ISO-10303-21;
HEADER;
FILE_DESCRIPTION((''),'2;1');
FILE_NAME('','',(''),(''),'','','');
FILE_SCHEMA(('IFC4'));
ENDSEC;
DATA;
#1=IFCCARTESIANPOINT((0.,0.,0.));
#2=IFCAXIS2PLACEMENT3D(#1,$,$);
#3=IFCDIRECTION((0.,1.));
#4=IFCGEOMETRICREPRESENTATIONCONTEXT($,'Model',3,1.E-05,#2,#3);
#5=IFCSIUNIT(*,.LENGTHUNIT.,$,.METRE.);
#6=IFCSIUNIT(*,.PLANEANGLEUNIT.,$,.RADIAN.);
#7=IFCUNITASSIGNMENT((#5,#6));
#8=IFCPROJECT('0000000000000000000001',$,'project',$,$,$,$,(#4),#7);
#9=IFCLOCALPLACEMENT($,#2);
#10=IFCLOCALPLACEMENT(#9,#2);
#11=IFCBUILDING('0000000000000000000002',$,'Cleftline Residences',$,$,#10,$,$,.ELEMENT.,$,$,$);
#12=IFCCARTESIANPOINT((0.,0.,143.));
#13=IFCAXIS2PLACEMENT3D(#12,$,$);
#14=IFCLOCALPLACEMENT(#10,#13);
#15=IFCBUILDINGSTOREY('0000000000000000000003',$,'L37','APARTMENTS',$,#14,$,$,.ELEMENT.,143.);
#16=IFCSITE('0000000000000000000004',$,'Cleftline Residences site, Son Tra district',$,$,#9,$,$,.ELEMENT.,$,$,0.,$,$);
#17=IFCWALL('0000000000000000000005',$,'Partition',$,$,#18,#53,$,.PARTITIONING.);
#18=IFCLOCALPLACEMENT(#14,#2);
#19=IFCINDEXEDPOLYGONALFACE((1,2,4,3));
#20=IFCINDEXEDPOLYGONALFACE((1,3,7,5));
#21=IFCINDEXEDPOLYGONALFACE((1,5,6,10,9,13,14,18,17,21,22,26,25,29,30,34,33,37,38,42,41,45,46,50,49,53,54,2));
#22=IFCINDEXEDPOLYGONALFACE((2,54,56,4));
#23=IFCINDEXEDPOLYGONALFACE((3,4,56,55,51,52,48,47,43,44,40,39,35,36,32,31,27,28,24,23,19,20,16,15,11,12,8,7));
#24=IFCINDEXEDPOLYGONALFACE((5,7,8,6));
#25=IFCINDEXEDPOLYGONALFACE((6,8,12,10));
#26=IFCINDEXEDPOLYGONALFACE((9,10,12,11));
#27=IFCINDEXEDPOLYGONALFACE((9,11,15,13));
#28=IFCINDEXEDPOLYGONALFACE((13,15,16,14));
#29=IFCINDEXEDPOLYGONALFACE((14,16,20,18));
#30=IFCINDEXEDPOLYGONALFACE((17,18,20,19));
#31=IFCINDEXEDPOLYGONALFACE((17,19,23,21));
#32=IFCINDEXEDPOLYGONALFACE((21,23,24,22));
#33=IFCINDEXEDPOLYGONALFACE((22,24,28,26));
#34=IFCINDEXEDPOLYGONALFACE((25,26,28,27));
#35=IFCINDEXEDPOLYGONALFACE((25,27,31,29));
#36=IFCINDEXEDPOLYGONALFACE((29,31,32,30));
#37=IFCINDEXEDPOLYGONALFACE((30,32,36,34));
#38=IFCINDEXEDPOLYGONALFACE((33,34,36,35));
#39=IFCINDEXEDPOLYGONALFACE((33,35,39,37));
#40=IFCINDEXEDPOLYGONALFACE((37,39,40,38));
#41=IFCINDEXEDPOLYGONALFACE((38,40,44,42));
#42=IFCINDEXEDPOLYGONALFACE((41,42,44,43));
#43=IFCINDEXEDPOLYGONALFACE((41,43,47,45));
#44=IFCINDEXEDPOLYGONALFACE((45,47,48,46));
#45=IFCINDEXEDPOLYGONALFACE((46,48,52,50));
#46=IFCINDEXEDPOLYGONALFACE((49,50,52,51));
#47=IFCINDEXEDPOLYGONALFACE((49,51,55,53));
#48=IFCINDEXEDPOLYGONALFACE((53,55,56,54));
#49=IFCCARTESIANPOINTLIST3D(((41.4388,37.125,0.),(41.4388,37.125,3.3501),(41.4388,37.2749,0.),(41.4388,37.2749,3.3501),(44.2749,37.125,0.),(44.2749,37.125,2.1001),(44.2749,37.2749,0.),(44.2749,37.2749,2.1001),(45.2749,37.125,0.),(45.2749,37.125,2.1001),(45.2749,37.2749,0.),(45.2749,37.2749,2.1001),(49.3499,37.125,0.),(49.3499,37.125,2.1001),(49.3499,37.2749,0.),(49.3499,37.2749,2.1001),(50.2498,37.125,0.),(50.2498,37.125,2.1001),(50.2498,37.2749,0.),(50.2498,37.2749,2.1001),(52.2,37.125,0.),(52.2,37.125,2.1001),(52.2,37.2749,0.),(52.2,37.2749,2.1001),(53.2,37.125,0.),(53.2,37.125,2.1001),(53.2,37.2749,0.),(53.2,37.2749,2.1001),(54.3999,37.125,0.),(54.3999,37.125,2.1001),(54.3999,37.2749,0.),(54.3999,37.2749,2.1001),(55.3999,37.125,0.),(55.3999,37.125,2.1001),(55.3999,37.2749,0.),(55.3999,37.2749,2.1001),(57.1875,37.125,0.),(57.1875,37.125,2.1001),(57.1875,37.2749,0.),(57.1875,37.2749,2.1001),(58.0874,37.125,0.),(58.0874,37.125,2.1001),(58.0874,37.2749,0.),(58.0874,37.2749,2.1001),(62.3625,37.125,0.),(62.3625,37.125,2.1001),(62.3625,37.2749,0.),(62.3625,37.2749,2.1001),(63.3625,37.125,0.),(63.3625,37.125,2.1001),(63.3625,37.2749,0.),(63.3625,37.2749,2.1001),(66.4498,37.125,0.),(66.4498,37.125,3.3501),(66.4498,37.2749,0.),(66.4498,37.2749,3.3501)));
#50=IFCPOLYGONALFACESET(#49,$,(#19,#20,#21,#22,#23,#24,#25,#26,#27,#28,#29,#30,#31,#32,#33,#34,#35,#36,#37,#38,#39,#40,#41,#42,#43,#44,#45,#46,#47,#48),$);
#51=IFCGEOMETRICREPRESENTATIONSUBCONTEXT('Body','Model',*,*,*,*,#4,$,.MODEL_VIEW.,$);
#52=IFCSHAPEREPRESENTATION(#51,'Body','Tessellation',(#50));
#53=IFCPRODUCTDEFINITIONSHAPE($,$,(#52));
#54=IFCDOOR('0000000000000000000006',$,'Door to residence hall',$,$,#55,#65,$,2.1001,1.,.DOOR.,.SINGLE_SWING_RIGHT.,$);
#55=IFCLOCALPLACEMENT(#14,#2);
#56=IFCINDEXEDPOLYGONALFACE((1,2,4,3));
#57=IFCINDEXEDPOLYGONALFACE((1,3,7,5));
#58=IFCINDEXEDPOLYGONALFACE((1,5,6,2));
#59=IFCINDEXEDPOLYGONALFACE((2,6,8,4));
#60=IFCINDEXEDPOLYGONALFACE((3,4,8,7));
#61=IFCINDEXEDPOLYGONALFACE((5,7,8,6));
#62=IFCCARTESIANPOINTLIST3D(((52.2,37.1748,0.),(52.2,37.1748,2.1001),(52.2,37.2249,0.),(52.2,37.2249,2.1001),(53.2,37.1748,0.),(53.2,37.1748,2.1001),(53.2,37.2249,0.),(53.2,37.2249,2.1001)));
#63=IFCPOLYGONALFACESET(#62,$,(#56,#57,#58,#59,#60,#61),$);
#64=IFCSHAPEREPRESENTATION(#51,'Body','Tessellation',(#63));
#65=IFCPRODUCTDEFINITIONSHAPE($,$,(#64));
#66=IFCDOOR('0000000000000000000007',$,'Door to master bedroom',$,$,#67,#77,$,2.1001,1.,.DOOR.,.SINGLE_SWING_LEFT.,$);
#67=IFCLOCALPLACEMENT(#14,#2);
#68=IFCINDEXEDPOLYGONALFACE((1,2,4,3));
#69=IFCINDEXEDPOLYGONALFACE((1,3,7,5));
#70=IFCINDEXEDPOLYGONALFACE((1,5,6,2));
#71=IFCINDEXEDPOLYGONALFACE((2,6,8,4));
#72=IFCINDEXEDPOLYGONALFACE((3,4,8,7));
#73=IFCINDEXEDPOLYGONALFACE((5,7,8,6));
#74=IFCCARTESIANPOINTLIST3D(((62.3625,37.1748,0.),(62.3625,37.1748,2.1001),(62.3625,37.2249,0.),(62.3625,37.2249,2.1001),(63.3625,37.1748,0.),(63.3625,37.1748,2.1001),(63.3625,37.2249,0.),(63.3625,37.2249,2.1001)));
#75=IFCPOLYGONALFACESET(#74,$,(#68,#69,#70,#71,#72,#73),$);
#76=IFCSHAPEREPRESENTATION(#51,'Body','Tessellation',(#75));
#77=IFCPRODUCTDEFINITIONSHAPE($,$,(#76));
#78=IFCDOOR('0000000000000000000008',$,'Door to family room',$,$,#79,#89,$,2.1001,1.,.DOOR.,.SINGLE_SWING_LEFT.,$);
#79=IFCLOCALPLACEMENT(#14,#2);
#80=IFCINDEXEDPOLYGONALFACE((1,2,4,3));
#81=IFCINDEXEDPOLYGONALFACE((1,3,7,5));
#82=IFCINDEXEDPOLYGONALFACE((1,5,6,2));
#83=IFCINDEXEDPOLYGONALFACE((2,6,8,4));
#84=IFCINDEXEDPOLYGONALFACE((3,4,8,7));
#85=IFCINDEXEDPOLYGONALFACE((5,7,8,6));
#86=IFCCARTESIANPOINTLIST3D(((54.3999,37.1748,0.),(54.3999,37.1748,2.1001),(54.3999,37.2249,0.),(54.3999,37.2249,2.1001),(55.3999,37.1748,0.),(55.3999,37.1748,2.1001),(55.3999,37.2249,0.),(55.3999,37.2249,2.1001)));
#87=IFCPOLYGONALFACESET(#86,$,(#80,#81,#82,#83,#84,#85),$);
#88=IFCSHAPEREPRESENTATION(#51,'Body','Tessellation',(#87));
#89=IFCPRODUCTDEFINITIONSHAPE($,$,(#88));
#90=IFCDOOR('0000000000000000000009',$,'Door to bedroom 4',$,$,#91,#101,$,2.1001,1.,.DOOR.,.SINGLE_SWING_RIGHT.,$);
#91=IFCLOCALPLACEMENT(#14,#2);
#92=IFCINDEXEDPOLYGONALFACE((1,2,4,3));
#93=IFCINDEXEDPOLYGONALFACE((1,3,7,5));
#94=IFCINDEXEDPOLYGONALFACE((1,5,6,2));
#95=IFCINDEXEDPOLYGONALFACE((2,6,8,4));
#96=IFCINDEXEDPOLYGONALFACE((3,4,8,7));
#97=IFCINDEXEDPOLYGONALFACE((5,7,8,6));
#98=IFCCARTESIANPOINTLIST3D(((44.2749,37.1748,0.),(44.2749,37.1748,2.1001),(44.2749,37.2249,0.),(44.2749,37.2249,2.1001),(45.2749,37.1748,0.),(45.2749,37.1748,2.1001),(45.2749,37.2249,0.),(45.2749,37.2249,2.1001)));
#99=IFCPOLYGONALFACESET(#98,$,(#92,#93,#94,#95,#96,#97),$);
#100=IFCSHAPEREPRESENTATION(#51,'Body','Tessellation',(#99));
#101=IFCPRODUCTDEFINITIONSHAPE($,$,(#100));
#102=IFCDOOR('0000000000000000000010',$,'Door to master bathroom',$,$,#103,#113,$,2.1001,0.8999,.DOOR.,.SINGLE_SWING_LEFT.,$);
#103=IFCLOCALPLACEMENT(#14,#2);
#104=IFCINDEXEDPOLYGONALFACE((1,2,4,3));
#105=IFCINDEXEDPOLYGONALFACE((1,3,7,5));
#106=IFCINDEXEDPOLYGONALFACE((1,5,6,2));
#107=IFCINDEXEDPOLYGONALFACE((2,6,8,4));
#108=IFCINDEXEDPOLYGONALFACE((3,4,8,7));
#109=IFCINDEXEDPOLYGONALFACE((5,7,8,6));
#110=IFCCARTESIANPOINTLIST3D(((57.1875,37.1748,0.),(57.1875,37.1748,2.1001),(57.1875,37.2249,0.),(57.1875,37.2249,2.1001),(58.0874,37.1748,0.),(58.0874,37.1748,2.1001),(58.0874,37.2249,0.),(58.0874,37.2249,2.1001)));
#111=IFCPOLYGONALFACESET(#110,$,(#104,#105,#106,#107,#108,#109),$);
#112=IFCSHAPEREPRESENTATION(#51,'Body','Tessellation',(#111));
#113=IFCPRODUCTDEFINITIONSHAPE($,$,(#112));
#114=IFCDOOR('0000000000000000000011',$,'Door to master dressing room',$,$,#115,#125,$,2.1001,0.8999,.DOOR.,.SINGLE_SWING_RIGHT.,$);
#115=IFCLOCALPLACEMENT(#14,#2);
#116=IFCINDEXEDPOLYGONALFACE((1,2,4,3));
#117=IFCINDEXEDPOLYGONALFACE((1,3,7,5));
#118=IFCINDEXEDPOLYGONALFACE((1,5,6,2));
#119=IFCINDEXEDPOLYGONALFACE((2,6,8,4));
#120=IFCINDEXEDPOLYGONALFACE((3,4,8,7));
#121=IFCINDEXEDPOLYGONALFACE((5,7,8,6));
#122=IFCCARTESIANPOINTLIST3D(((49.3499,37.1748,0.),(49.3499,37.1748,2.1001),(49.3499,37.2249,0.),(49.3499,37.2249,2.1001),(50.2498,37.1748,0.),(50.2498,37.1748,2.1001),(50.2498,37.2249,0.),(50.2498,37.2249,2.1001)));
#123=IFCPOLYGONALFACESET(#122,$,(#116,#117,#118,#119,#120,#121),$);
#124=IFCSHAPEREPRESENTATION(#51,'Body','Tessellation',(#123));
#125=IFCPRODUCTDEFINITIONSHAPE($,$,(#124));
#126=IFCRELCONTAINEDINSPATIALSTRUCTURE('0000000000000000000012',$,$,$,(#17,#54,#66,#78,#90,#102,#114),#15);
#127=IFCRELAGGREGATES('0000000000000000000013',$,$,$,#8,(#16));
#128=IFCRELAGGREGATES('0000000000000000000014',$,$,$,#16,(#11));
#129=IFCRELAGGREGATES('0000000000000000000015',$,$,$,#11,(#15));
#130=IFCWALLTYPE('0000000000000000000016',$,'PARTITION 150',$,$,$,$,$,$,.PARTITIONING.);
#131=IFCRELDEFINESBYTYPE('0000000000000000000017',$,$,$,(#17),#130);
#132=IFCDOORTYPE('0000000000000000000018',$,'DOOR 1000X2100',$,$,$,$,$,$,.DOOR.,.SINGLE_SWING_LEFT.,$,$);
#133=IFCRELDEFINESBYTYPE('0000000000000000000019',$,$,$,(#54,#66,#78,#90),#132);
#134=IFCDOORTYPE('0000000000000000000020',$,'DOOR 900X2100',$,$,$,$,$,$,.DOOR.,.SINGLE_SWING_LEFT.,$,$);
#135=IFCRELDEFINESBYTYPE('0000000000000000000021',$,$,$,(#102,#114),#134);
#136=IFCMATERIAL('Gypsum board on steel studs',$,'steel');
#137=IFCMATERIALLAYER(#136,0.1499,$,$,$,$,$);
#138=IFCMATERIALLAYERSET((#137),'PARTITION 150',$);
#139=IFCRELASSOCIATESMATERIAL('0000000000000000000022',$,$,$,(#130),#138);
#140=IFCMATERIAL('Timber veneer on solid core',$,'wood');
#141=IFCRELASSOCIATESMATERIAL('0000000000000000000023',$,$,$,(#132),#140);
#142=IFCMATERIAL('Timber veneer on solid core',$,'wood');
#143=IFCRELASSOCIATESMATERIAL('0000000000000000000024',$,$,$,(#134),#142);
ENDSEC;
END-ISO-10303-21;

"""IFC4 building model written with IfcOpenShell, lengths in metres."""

from ifc_helpers import new_model, si_unit, direction, frame, frame_2d, origin, place, context, subcontext, project, spatial, rectangle, extrude, material, layer, layer_set, type_object, element, fill, save


model = new_model("IFC4")

# Units and contexts
model_context = context("Model", 3, precision=1e-05, world=origin(), true_north=direction((0.0, 1.0)))
body_context = subcontext(model_context, "Body", "Model", "MODEL_VIEW")
ifc_project = project(units=[si_unit("LENGTHUNIT", "METRE"), si_unit("PLANEANGLEUNIT", "RADIAN")], contexts=[model_context])

# Site, building, storey
site_placement = place(None, origin())
site = spatial("IfcSite", under=ifc_project, at=site_placement, Name="Cleftline Residences site, Son Tra district", CompositionType="ELEMENT", RefElevation=0.0)
building_placement = place(site_placement, origin())
building = spatial("IfcBuilding", under=site, at=building_placement, Name="Cleftline Residences", CompositionType="ELEMENT")
storey_placement = place(building_placement, frame((0.0, 0.0, 143.0)))
storey = spatial("IfcBuildingStorey", under=building, at=storey_placement, Name="L37", Description="APARTMENTS", CompositionType="ELEMENT", Elevation=143.0)

# Wall, openings, doors
ifc_material_1 = material(Name="Gypsum board on steel studs", Category="steel")
ifc_layer_1 = layer(ifc_material_1, 0.1499)
ifc_layer_set_1 = layer_set([ifc_layer_1], Name="PARTITION 150")
wall_type = type_object("IfcWallType", Name="PARTITION 150", PredefinedType="PARTITIONING", material=ifc_layer_set_1)
wall_1_placement = place(storey_placement, frame((41.439, 37.2, 0.0), z_axis=(0.0, 0.0, 1.0), x_axis=(1.0, 0.0, 0.0)))
wall_1 = element("IfcWall", 1, at=wall_1_placement, inside=storey, type_object=wall_type, Name="Partition", PredefinedType="PARTITIONING", context=body_context, shape_type="SweptSolid", body=[
    extrude(rectangle(XDim=25.011, YDim=0.1499, at=frame_2d((12.5054, 0.0))), origin(), (0.0, 0.0, 1.0), 3.3501),
])
opening_1_placement = place(wall_1_placement, frame((10.761, 0.0, 0.0)))
opening_1 = element("IfcOpeningElement", 2, at=opening_1_placement, cuts=wall_1, PredefinedType="OPENING", context=body_context, shape_type="SweptSolid", body=[
    extrude(rectangle(XDim=1.0, YDim=2.1001, at=frame_2d((0.5, 1.05))), frame((0.0, 0.085, 0.0), z_axis=(0.0, -1.0, 0.0), x_axis=(1.0, 0.0, 0.0)), (0.0, 0.0, 1.0), 0.1699),
])
opening_2_placement = place(wall_1_placement, frame((20.9236, 0.0, 0.0)))
opening_2 = element("IfcOpeningElement", 3, at=opening_2_placement, cuts=wall_1, PredefinedType="OPENING", context=body_context, shape_type="SweptSolid", body=[
    extrude(rectangle(XDim=1.0, YDim=2.1001, at=frame_2d((0.5, 1.05))), frame((0.0, 0.085, 0.0), z_axis=(0.0, -1.0, 0.0), x_axis=(1.0, 0.0, 0.0)), (0.0, 0.0, 1.0), 0.1699),
])
opening_3_placement = place(wall_1_placement, frame((15.7485, 0.0, 0.0)))
opening_3 = element("IfcOpeningElement", 4, at=opening_3_placement, cuts=wall_1, PredefinedType="OPENING", context=body_context, shape_type="SweptSolid", body=[
    extrude(rectangle(XDim=0.8999, YDim=2.1001, at=frame_2d((0.45, 1.05))), frame((0.0, 0.085, 0.0), z_axis=(0.0, -1.0, 0.0), x_axis=(1.0, 0.0, 0.0)), (0.0, 0.0, 1.0), 0.1699),
])
opening_4_placement = place(wall_1_placement, frame((12.9609, 0.0, 0.0)))
opening_4 = element("IfcOpeningElement", 5, at=opening_4_placement, cuts=wall_1, PredefinedType="OPENING", context=body_context, shape_type="SweptSolid", body=[
    extrude(rectangle(XDim=1.0, YDim=2.1001, at=frame_2d((0.5, 1.05))), frame((0.0, 0.085, 0.0), z_axis=(0.0, -1.0, 0.0), x_axis=(1.0, 0.0, 0.0)), (0.0, 0.0, 1.0), 0.1699),
])
opening_5_placement = place(wall_1_placement, frame((7.9109, 0.0, 0.0)))
opening_5 = element("IfcOpeningElement", 6, at=opening_5_placement, cuts=wall_1, PredefinedType="OPENING", context=body_context, shape_type="SweptSolid", body=[
    extrude(rectangle(XDim=0.8999, YDim=2.1001, at=frame_2d((0.45, 1.05))), frame((0.0, 0.085, 0.0), z_axis=(0.0, -1.0, 0.0), x_axis=(1.0, 0.0, 0.0)), (0.0, 0.0, 1.0), 0.1699),
])
opening_6_placement = place(wall_1_placement, frame((2.8359, 0.0, 0.0)))
opening_6 = element("IfcOpeningElement", 7, at=opening_6_placement, cuts=wall_1, PredefinedType="OPENING", context=body_context, shape_type="SweptSolid", body=[
    extrude(rectangle(XDim=1.0, YDim=2.1001, at=frame_2d((0.5, 1.05))), frame((0.0, 0.085, 0.0), z_axis=(0.0, -1.0, 0.0), x_axis=(1.0, 0.0, 0.0)), (0.0, 0.0, 1.0), 0.1699),
])
ifc_material_2 = material(Name="Timber veneer on solid core", Category="wood")
door_type_1 = type_object("IfcDoorType", Name="DOOR 1000X2100", OperationType="SINGLE_SWING_LEFT", PredefinedType="DOOR", material=ifc_material_2)
door_1_placement = place(opening_1_placement, origin())
door_1 = element("IfcDoor", 8, at=door_1_placement, inside=storey, type_object=door_type_1, Name="Door to residence hall", OperationType="SINGLE_SWING_RIGHT", OverallHeight=2.1001, OverallWidth=1.0, PredefinedType="DOOR", context=body_context, shape_type="SweptSolid", body=[
    extrude(rectangle(XDim=1.0, YDim=2.1001, at=frame_2d((0.5, 1.05))), frame((0.0, 0.0249, 0.0), z_axis=(0.0, -1.0, 0.0), x_axis=(1.0, 0.0, 0.0)), (0.0, 0.0, 1.0), 0.05),
])
fill(opening_1, door_1)
door_2_placement = place(opening_2_placement, origin())
door_2 = element("IfcDoor", 9, at=door_2_placement, inside=storey, type_object=door_type_1, Name="Door to master bedroom", OperationType="SINGLE_SWING_LEFT", OverallHeight=2.1001, OverallWidth=1.0, PredefinedType="DOOR", context=body_context, shape_type="SweptSolid", body=[
    extrude(rectangle(XDim=1.0, YDim=2.1001, at=frame_2d((0.5, 1.05))), frame((0.0, 0.0249, 0.0), z_axis=(0.0, -1.0, 0.0), x_axis=(1.0, 0.0, 0.0)), (0.0, 0.0, 1.0), 0.05),
])
fill(opening_2, door_2)
door_3_placement = place(opening_4_placement, origin())
door_3 = element("IfcDoor", 10, at=door_3_placement, inside=storey, type_object=door_type_1, Name="Door to family room", OperationType="SINGLE_SWING_LEFT", OverallHeight=2.1001, OverallWidth=1.0, PredefinedType="DOOR", context=body_context, shape_type="SweptSolid", body=[
    extrude(rectangle(XDim=1.0, YDim=2.1001, at=frame_2d((0.5, 1.05))), frame((0.0, 0.0249, 0.0), z_axis=(0.0, -1.0, 0.0), x_axis=(1.0, 0.0, 0.0)), (0.0, 0.0, 1.0), 0.05),
])
fill(opening_4, door_3)
door_4_placement = place(opening_6_placement, origin())
door_4 = element("IfcDoor", 11, at=door_4_placement, inside=storey, type_object=door_type_1, Name="Door to bedroom 4", OperationType="SINGLE_SWING_RIGHT", OverallHeight=2.1001, OverallWidth=1.0, PredefinedType="DOOR", context=body_context, shape_type="SweptSolid", body=[
    extrude(rectangle(XDim=1.0, YDim=2.1001, at=frame_2d((0.5, 1.05))), frame((0.0, 0.0249, 0.0), z_axis=(0.0, -1.0, 0.0), x_axis=(1.0, 0.0, 0.0)), (0.0, 0.0, 1.0), 0.05),
])
fill(opening_6, door_4)
ifc_material_3 = material(Name="Timber veneer on solid core", Category="wood")
door_type_2 = type_object("IfcDoorType", Name="DOOR 900X2100", OperationType="SINGLE_SWING_LEFT", PredefinedType="DOOR", material=ifc_material_3)
door_5_placement = place(opening_3_placement, origin())
door_5 = element("IfcDoor", 12, at=door_5_placement, inside=storey, type_object=door_type_2, Name="Door to master bathroom", OperationType="SINGLE_SWING_LEFT", OverallHeight=2.1001, OverallWidth=0.8999, PredefinedType="DOOR", context=body_context, shape_type="SweptSolid", body=[
    extrude(rectangle(XDim=0.8999, YDim=2.1001, at=frame_2d((0.45, 1.05))), frame((0.0, 0.0249, 0.0), z_axis=(0.0, -1.0, 0.0), x_axis=(1.0, 0.0, 0.0)), (0.0, 0.0, 1.0), 0.05),
])
fill(opening_3, door_5)
door_6_placement = place(opening_5_placement, origin())
door_6 = element("IfcDoor", 13, at=door_6_placement, inside=storey, type_object=door_type_2, Name="Door to master dressing room", OperationType="SINGLE_SWING_RIGHT", OverallHeight=2.1001, OverallWidth=0.8999, PredefinedType="DOOR", context=body_context, shape_type="SweptSolid", body=[
    extrude(rectangle(XDim=0.8999, YDim=2.1001, at=frame_2d((0.45, 1.05))), frame((0.0, 0.0249, 0.0), z_axis=(0.0, -1.0, 0.0), x_axis=(1.0, 0.0, 0.0)), (0.0, 0.0, 1.0), 0.05),
])
fill(opening_5, door_6)

save(model, "model.ifc")
